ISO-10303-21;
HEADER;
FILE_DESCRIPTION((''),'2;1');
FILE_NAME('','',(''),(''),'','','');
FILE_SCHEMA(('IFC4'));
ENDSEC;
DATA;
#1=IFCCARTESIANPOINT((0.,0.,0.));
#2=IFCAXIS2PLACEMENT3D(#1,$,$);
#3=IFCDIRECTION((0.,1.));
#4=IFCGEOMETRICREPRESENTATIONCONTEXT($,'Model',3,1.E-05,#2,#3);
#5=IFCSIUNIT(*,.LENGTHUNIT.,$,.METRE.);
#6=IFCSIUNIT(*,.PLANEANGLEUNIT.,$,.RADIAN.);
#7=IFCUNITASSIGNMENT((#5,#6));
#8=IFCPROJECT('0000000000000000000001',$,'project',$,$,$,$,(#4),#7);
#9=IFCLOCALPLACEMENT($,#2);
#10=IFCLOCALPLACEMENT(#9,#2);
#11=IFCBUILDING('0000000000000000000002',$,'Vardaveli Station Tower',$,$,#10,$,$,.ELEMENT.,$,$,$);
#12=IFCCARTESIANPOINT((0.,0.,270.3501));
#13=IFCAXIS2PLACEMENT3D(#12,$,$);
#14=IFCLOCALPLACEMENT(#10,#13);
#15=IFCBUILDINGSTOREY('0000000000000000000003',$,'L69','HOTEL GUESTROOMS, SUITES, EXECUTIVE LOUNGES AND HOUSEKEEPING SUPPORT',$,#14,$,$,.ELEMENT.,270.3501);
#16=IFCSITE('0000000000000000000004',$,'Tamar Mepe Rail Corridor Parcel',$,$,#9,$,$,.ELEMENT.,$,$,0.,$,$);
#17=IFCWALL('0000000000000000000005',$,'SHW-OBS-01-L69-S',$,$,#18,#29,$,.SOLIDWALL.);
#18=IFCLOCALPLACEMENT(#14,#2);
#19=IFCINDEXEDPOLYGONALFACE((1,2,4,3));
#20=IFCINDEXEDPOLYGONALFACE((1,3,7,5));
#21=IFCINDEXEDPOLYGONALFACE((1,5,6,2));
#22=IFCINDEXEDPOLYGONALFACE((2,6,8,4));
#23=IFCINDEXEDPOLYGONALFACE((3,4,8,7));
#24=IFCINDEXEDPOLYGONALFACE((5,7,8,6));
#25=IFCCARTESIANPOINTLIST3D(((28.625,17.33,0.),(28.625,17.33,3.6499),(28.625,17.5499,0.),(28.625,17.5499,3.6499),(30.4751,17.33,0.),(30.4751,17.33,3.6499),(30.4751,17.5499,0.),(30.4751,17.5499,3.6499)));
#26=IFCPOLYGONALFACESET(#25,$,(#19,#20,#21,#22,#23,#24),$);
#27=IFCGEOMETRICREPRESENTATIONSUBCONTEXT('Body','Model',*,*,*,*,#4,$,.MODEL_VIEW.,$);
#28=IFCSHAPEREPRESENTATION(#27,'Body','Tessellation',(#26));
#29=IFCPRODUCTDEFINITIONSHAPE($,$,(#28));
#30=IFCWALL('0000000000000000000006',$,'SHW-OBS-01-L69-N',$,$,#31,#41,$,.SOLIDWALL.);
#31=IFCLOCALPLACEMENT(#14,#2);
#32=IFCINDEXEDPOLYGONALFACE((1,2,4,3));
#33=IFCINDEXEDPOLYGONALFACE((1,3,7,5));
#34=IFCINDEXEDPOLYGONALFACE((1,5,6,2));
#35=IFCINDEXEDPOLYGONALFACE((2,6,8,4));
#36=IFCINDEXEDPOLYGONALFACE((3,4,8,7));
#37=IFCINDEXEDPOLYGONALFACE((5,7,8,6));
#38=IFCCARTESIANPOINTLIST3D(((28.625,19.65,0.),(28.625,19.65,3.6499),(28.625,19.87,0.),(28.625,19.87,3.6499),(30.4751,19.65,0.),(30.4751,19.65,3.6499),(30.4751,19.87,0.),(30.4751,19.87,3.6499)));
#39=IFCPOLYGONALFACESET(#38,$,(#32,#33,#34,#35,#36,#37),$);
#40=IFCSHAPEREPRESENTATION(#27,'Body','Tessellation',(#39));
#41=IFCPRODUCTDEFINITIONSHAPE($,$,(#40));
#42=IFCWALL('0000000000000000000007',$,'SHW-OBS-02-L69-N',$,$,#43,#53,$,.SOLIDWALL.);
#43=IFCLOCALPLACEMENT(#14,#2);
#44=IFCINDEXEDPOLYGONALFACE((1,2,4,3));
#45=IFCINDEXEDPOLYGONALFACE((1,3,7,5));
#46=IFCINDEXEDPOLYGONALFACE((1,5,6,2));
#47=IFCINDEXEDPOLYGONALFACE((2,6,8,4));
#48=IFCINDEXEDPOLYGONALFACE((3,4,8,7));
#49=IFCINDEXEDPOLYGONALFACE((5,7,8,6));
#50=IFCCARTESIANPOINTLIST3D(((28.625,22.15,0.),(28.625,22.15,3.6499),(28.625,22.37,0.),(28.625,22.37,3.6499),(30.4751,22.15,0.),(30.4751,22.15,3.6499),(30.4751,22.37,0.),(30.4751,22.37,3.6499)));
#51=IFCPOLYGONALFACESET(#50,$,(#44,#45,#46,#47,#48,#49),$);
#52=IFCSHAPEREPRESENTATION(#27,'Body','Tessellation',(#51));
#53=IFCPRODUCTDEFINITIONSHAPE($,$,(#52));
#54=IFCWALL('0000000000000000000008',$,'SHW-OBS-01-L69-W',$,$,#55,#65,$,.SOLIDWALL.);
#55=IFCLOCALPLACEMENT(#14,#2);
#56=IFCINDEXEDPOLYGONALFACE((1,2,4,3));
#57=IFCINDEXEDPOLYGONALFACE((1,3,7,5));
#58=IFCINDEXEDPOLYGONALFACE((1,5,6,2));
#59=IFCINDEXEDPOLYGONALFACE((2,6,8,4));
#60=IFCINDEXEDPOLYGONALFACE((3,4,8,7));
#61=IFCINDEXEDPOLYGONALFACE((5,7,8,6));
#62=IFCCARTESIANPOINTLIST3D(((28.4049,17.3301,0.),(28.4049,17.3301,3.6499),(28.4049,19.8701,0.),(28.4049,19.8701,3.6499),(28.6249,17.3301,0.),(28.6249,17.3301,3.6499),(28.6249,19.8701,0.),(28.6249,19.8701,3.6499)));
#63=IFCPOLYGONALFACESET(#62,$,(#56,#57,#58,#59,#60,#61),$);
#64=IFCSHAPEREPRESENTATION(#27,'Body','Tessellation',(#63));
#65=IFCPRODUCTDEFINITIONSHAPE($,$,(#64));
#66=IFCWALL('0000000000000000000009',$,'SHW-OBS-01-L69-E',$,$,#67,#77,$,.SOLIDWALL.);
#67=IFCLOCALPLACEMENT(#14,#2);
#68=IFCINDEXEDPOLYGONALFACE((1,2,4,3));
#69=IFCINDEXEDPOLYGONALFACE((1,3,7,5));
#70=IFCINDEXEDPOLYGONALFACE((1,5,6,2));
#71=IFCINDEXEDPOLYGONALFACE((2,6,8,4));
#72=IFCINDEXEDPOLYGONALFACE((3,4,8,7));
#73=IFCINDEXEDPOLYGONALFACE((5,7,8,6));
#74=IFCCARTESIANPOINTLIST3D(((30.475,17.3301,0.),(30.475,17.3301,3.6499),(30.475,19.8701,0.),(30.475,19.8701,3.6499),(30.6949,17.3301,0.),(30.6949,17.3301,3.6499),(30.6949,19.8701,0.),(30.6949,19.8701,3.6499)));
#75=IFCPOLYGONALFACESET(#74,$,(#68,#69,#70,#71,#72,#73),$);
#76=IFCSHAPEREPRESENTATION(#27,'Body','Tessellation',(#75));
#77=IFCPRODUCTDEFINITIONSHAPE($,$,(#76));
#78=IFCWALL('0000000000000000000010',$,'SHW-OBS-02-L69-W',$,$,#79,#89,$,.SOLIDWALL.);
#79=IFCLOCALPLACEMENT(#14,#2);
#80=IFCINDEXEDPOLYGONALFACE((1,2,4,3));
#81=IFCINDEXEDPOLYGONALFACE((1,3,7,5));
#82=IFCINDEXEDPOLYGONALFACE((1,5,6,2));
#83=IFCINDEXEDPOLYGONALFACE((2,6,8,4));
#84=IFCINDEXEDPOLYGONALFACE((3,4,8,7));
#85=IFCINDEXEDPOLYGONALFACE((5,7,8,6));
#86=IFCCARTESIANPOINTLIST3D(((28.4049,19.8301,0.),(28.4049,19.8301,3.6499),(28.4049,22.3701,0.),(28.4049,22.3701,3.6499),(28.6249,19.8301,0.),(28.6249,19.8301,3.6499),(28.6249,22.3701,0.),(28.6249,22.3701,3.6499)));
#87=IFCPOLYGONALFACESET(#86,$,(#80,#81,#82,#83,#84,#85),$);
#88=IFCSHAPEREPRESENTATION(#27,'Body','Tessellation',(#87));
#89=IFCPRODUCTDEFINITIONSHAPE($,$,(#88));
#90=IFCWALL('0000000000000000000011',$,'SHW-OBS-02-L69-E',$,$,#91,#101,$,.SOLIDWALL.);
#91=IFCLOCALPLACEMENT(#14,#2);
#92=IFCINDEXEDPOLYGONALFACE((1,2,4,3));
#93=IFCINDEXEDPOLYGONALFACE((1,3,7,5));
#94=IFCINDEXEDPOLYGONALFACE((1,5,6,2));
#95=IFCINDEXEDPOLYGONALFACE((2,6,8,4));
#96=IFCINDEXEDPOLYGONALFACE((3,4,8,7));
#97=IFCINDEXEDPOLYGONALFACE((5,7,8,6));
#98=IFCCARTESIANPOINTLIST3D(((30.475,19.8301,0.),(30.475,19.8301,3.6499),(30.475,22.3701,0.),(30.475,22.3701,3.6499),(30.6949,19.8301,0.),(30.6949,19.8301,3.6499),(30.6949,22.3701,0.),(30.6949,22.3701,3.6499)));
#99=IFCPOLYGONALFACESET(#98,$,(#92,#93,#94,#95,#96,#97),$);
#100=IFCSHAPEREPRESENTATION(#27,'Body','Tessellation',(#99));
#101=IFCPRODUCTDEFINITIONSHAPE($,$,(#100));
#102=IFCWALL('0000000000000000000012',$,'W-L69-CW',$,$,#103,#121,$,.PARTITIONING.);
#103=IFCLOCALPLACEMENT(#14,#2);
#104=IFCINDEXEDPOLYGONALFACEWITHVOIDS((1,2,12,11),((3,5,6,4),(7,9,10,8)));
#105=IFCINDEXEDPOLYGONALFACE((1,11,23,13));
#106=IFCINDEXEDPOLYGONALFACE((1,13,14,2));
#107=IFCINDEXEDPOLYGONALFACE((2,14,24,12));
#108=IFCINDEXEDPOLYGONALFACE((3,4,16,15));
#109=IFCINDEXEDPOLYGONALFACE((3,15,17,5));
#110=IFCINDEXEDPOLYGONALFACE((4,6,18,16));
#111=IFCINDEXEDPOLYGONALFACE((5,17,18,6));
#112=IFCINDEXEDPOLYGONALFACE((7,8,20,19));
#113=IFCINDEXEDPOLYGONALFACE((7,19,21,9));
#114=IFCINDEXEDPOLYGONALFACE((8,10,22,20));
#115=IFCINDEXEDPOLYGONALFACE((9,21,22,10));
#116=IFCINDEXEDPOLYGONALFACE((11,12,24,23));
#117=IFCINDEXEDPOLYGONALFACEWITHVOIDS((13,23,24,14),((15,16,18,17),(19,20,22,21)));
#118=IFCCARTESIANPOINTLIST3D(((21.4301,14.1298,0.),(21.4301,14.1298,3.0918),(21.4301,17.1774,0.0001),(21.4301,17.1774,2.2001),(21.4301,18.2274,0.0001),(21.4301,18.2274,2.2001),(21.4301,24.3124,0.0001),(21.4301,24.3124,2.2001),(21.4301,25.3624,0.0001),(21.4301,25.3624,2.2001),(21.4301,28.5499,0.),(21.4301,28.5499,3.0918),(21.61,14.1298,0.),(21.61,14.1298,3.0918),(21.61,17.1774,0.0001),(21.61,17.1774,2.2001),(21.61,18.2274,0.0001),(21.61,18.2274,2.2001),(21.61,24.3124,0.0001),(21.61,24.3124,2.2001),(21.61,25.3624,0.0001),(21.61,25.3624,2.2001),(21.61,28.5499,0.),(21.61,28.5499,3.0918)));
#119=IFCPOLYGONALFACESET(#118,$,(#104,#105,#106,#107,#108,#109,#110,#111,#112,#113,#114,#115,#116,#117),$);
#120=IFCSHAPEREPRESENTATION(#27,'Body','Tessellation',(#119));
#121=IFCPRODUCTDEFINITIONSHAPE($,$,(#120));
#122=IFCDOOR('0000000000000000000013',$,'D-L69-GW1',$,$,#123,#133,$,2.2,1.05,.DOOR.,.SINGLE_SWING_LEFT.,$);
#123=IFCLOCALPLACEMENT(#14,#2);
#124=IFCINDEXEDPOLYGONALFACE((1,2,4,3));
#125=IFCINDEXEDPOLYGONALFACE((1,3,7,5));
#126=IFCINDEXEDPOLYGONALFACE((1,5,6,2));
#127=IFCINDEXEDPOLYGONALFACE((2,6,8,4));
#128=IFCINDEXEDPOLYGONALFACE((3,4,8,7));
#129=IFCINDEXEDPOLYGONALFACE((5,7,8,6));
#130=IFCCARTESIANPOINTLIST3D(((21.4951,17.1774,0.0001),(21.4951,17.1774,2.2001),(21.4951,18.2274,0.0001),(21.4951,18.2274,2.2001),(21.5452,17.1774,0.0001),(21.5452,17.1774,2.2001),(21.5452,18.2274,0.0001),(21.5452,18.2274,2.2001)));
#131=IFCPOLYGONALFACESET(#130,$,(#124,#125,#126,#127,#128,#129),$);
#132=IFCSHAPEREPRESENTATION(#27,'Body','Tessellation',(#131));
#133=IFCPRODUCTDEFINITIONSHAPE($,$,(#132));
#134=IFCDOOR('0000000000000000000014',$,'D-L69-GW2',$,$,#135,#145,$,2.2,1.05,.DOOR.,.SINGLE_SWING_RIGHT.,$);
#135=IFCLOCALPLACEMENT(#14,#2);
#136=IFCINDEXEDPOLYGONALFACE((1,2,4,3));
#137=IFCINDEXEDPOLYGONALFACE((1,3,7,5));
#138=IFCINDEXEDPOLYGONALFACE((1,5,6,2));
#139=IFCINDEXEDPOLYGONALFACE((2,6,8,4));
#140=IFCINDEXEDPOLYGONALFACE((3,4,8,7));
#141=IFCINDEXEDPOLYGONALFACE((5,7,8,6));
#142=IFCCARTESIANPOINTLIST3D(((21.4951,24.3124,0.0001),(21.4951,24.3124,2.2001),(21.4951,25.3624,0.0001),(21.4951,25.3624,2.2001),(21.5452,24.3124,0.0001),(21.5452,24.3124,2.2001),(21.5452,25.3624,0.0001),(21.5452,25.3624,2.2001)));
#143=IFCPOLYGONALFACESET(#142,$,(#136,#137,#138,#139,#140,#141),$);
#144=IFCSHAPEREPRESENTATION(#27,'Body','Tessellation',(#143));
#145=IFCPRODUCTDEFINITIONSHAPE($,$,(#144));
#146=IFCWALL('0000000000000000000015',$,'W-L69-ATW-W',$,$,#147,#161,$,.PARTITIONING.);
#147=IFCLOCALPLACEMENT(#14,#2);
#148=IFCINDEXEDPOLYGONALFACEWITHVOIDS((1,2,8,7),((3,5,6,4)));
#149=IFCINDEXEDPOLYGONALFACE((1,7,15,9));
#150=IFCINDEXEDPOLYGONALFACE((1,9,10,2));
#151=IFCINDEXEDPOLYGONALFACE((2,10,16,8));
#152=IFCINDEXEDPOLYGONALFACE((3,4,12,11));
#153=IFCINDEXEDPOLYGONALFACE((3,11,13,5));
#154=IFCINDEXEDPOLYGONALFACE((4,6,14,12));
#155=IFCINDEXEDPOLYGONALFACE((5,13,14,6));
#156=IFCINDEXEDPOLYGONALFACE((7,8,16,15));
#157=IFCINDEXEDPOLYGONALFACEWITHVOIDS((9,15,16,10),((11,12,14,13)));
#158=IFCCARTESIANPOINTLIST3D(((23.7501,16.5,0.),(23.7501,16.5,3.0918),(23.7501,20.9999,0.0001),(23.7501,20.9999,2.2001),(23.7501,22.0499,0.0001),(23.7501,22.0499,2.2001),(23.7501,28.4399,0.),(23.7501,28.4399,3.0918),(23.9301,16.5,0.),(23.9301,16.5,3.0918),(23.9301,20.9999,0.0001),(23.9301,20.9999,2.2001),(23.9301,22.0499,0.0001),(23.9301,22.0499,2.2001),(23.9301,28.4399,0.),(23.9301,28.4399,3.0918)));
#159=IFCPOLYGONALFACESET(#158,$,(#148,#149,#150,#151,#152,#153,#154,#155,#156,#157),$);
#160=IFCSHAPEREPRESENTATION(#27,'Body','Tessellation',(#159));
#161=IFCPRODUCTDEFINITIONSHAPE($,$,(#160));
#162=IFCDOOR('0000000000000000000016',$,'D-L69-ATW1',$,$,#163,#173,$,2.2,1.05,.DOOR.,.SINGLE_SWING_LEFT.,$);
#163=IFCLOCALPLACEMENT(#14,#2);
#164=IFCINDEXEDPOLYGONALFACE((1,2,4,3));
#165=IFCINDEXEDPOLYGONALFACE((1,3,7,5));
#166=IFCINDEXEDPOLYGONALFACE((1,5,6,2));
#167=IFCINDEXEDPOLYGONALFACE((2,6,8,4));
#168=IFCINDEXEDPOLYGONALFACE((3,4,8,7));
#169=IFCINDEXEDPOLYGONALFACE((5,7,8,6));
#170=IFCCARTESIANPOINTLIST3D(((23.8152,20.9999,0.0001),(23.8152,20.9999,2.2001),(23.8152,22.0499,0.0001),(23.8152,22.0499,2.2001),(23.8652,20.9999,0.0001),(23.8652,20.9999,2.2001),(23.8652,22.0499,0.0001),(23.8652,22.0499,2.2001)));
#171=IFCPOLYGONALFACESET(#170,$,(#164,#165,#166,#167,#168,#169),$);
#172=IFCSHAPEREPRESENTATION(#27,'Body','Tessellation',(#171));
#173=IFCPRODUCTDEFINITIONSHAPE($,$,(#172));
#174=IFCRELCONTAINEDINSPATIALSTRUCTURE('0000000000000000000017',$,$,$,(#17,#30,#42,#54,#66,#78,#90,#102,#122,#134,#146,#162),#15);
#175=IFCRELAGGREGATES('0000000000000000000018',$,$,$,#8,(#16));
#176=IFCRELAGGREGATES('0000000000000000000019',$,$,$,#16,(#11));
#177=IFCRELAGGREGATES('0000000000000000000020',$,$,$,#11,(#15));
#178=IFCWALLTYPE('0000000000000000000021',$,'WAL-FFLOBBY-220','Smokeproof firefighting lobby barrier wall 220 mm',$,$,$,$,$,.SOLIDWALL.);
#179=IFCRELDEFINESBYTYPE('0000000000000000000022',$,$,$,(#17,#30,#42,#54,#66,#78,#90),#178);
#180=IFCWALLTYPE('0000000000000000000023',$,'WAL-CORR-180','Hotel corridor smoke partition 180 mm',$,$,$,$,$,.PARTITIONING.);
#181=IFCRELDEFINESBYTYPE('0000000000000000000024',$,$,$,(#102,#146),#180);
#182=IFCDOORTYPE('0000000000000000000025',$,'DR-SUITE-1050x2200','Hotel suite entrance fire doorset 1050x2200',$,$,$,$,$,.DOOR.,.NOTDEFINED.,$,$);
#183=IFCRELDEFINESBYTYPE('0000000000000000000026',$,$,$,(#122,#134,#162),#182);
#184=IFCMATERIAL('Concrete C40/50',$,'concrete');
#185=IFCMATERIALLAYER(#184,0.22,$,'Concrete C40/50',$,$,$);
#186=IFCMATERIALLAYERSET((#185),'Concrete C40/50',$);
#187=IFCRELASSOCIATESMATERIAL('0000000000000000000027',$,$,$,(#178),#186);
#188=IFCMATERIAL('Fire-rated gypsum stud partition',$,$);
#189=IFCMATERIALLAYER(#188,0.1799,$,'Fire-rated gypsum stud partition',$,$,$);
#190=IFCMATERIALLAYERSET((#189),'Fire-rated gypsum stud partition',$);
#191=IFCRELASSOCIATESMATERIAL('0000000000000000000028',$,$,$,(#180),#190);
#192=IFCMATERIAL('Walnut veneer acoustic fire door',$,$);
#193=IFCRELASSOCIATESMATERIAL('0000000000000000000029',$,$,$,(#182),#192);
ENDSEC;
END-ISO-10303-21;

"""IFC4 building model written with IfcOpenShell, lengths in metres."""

from ifc_helpers import new_model, si_unit, direction, frame, frame_2d, origin, place, context, subcontext, project, spatial, rectangle, extrude, source, transform, mapped, material, layer, layer_set, type_object, element, fill, save


model = new_model("IFC4")

# Units and contexts
model_context = context("Model", 3, precision=1e-05, world=origin(), true_north=direction((0.0, 1.0)))
body_context = subcontext(model_context, "Body", "Model", "MODEL_VIEW")
ifc_project = project(units=[si_unit("LENGTHUNIT", "METRE"), si_unit("PLANEANGLEUNIT", "RADIAN")], contexts=[model_context])

# Site, building, storey
site_placement = place(None, origin())
site = spatial("IfcSite", under=ifc_project, at=site_placement, Name="Tamar Mepe Rail Corridor Parcel", CompositionType="ELEMENT", RefElevation=0.0)
building_placement = place(site_placement, origin())
building = spatial("IfcBuilding", under=site, at=building_placement, Name="Vardaveli Station Tower", CompositionType="ELEMENT")
storey_placement = place(building_placement, frame((0.0, 0.0, 270.3501)))
storey = spatial("IfcBuildingStorey", under=building, at=storey_placement, Name="L69", Description="HOTEL GUESTROOMS, SUITES, EXECUTIVE LOUNGES AND HOUSEKEEPING SUPPORT", CompositionType="ELEMENT", Elevation=270.3501)

# Walls
ifc_material_1 = material(Name="Concrete C40/50", Category="concrete")
ifc_layer_1 = layer(ifc_material_1, 0.22, Name="Concrete C40/50")
ifc_layer_set_1 = layer_set([ifc_layer_1], Name="Concrete C40/50")
wall_type_1 = type_object("IfcWallType", Name="WAL-FFLOBBY-220", Description="Smokeproof firefighting lobby barrier wall 220 mm", PredefinedType="SOLIDWALL", material=ifc_layer_set_1)
shared_shape_1 = source(origin(), body_context, "Body", "SweptSolid", [
    extrude(rectangle(XDim=1.8501, YDim=0.22, at=frame_2d((0.925, 0.0))), origin(), (0.0, 0.0, 1.0), 3.6499),
])
for number, where, z_axis, x_axis, name in (
    (1, (28.625, 17.4399, 0.0), (0.0, 0.0, 1.0), (1.0, 0.0, 0.0), "SHW-OBS-01-L69-S"),
    (2, (28.625, 19.76, 0.0), (0.0, 0.0, 1.0), (1.0, 0.0, 0.0), "SHW-OBS-01-L69-N"),
    (3, (28.625, 22.26, 0.0), (0.0, 0.0, 1.0), (1.0, 0.0, 0.0), "SHW-OBS-02-L69-N"),
):
    element("IfcWall", number, at=place(storey_placement, frame(where, z_axis=z_axis, x_axis=x_axis)), inside=storey, type_object=wall_type_1, Name=name, PredefinedType="SOLIDWALL", context=body_context, shape_type="MappedRepresentation", body=[
        mapped(shared_shape_1, transform((0.0, 0.0, 0.0), scale=1.0)),
    ])
shared_shape_2 = source(origin(), body_context, "Body", "SweptSolid", [
    extrude(rectangle(XDim=2.54, YDim=0.22, at=frame_2d((1.27, 0.0))), origin(), (0.0, 0.0, 1.0), 3.6499),
])
for number, where, z_axis, x_axis, name in (
    (4, (28.5149, 17.3301, 0.0), (0.0, 0.0, 1.0), (0.0, 1.0, 0.0), "SHW-OBS-01-L69-W"),
    (5, (30.585, 17.3301, 0.0), (0.0, 0.0, 1.0), (0.0, 1.0, 0.0), "SHW-OBS-01-L69-E"),
    (6, (28.5149, 19.8301, 0.0), (0.0, 0.0, 1.0), (0.0, 1.0, 0.0), "SHW-OBS-02-L69-W"),
    (7, (30.585, 19.8301, 0.0), (0.0, 0.0, 1.0), (0.0, 1.0, 0.0), "SHW-OBS-02-L69-E"),
):
    element("IfcWall", number, at=place(storey_placement, frame(where, z_axis=z_axis, x_axis=x_axis)), inside=storey, type_object=wall_type_1, Name=name, PredefinedType="SOLIDWALL", context=body_context, shape_type="MappedRepresentation", body=[
        mapped(shared_shape_2, transform((0.0, 0.0, 0.0), scale=1.0)),
    ])

# Wall, openings, doors
ifc_material_2 = material(Name="Fire-rated gypsum stud partition")
ifc_layer_2 = layer(ifc_material_2, 0.1799, Name="Fire-rated gypsum stud partition")
ifc_layer_set_2 = layer_set([ifc_layer_2], Name="Fire-rated gypsum stud partition")
wall_type_2 = type_object("IfcWallType", Name="WAL-CORR-180", Description="Hotel corridor smoke partition 180 mm", PredefinedType="PARTITIONING", material=ifc_layer_set_2)
shared_shape_3 = source(origin(), body_context, "Body", "SweptSolid", [
    extrude(rectangle(XDim=14.4202, YDim=0.1799, at=frame_2d((7.21, 0.0))), origin(), (0.0, 0.0, 1.0), 3.0918),
])
wall_1_placement = place(storey_placement, frame((21.52, 14.1299, 0.0), z_axis=(0.0, 0.0, 1.0), x_axis=(0.0, 1.0, 0.0)))
wall_1 = element("IfcWall", 8, at=wall_1_placement, inside=storey, type_object=wall_type_2, Name="W-L69-CW", PredefinedType="PARTITIONING", context=body_context, shape_type="MappedRepresentation", body=[
    mapped(shared_shape_3, transform((0.0, 0.0, 0.0), scale=1.0)),
])
shared_shape_4 = source(origin(), body_context, "Body", "SweptSolid", [
    extrude(rectangle(XDim=1.05, YDim=2.2, at=frame_2d((0.5249, 1.1001))), frame((0.0, 0.1001, 0.0), z_axis=(0.0, -1.0, 0.0), x_axis=(1.0, 0.0, 0.0)), (0.0, 0.0, 1.0), 0.2),
])
opening_1_placement = place(wall_1_placement, frame((3.0476, 0.0, 0.0)))
opening_1 = element("IfcOpeningElement", 9, at=opening_1_placement, cuts=wall_1, PredefinedType="OPENING", context=body_context, shape_type="MappedRepresentation", body=[
    mapped(shared_shape_4, transform((0.0, 0.0, 0.0), scale=1.0)),
])
opening_2_placement = place(wall_1_placement, frame((10.1826, 0.0, 0.0)))
opening_2 = element("IfcOpeningElement", 10, at=opening_2_placement, cuts=wall_1, PredefinedType="OPENING", context=body_context, shape_type="MappedRepresentation", body=[
    mapped(shared_shape_4, transform((0.0, 0.0, 0.0), scale=1.0)),
])
ifc_material_3 = material(Name="Walnut veneer acoustic fire door")
door_type_1 = type_object("IfcDoorType", Name="DR-SUITE-1050x2200", Description="Hotel suite entrance fire doorset 1050x2200", OperationType="NOTDEFINED", PredefinedType="DOOR", material=ifc_material_3)
shared_shape_5 = source(origin(), body_context, "Body", "SweptSolid", [
    extrude(rectangle(XDim=1.05, YDim=2.2, at=frame_2d((0.5249, 1.1001))), frame((0.0, 0.0249, 0.0), z_axis=(0.0, -1.0, 0.0), x_axis=(1.0, 0.0, 0.0)), (0.0, 0.0, 1.0), 0.05),
])
door_1_placement = place(opening_1_placement, origin())
door_1 = element("IfcDoor", 11, at=door_1_placement, inside=storey, type_object=door_type_1, Name="D-L69-GW1", OperationType="SINGLE_SWING_LEFT", OverallHeight=2.2, OverallWidth=1.05, PredefinedType="DOOR", context=body_context, shape_type="MappedRepresentation", body=[
    mapped(shared_shape_5, transform((0.0, 0.0, 0.0), scale=1.0)),
])
fill(opening_1, door_1)
door_2_placement = place(opening_2_placement, origin())
door_2 = element("IfcDoor", 12, at=door_2_placement, inside=storey, type_object=door_type_1, Name="D-L69-GW2", OperationType="SINGLE_SWING_RIGHT", OverallHeight=2.2, OverallWidth=1.05, PredefinedType="DOOR", context=body_context, shape_type="MappedRepresentation", body=[
    mapped(shared_shape_5, transform((0.0, 0.0, 0.0), scale=1.0)),
])
fill(opening_2, door_2)

# Wall, opening, door
shared_shape_6 = source(origin(), body_context, "Body", "SweptSolid", [
    extrude(rectangle(XDim=11.9399, YDim=0.1799, at=frame_2d((5.97, 0.0))), origin(), (0.0, 0.0, 1.0), 3.0918),
])
wall_2_placement = place(storey_placement, frame((23.8401, 16.5, 0.0), z_axis=(0.0, 0.0, 1.0), x_axis=(0.0, 1.0, 0.0)))
wall_2 = element("IfcWall", 13, at=wall_2_placement, inside=storey, type_object=wall_type_2, Name="W-L69-ATW-W", PredefinedType="PARTITIONING", context=body_context, shape_type="MappedRepresentation", body=[
    mapped(shared_shape_6, transform((0.0, 0.0, 0.0), scale=1.0)),
])
opening_3_placement = place(wall_2_placement, frame((4.5, 0.0, 0.0)))
opening_3 = element("IfcOpeningElement", 14, at=opening_3_placement, cuts=wall_2, PredefinedType="OPENING", context=body_context, shape_type="MappedRepresentation", body=[
    mapped(shared_shape_4, transform((0.0, 0.0, 0.0), scale=1.0)),
])
door_3_placement = place(opening_3_placement, origin())
door_3 = element("IfcDoor", 15, at=door_3_placement, inside=storey, type_object=door_type_1, Name="D-L69-ATW1", OperationType="SINGLE_SWING_LEFT", OverallHeight=2.2, OverallWidth=1.05, PredefinedType="DOOR", context=body_context, shape_type="MappedRepresentation", body=[
    mapped(shared_shape_5, transform((0.0, 0.0, 0.0), scale=1.0)),
])
fill(opening_3, door_3)

save(model, "model.ifc")
